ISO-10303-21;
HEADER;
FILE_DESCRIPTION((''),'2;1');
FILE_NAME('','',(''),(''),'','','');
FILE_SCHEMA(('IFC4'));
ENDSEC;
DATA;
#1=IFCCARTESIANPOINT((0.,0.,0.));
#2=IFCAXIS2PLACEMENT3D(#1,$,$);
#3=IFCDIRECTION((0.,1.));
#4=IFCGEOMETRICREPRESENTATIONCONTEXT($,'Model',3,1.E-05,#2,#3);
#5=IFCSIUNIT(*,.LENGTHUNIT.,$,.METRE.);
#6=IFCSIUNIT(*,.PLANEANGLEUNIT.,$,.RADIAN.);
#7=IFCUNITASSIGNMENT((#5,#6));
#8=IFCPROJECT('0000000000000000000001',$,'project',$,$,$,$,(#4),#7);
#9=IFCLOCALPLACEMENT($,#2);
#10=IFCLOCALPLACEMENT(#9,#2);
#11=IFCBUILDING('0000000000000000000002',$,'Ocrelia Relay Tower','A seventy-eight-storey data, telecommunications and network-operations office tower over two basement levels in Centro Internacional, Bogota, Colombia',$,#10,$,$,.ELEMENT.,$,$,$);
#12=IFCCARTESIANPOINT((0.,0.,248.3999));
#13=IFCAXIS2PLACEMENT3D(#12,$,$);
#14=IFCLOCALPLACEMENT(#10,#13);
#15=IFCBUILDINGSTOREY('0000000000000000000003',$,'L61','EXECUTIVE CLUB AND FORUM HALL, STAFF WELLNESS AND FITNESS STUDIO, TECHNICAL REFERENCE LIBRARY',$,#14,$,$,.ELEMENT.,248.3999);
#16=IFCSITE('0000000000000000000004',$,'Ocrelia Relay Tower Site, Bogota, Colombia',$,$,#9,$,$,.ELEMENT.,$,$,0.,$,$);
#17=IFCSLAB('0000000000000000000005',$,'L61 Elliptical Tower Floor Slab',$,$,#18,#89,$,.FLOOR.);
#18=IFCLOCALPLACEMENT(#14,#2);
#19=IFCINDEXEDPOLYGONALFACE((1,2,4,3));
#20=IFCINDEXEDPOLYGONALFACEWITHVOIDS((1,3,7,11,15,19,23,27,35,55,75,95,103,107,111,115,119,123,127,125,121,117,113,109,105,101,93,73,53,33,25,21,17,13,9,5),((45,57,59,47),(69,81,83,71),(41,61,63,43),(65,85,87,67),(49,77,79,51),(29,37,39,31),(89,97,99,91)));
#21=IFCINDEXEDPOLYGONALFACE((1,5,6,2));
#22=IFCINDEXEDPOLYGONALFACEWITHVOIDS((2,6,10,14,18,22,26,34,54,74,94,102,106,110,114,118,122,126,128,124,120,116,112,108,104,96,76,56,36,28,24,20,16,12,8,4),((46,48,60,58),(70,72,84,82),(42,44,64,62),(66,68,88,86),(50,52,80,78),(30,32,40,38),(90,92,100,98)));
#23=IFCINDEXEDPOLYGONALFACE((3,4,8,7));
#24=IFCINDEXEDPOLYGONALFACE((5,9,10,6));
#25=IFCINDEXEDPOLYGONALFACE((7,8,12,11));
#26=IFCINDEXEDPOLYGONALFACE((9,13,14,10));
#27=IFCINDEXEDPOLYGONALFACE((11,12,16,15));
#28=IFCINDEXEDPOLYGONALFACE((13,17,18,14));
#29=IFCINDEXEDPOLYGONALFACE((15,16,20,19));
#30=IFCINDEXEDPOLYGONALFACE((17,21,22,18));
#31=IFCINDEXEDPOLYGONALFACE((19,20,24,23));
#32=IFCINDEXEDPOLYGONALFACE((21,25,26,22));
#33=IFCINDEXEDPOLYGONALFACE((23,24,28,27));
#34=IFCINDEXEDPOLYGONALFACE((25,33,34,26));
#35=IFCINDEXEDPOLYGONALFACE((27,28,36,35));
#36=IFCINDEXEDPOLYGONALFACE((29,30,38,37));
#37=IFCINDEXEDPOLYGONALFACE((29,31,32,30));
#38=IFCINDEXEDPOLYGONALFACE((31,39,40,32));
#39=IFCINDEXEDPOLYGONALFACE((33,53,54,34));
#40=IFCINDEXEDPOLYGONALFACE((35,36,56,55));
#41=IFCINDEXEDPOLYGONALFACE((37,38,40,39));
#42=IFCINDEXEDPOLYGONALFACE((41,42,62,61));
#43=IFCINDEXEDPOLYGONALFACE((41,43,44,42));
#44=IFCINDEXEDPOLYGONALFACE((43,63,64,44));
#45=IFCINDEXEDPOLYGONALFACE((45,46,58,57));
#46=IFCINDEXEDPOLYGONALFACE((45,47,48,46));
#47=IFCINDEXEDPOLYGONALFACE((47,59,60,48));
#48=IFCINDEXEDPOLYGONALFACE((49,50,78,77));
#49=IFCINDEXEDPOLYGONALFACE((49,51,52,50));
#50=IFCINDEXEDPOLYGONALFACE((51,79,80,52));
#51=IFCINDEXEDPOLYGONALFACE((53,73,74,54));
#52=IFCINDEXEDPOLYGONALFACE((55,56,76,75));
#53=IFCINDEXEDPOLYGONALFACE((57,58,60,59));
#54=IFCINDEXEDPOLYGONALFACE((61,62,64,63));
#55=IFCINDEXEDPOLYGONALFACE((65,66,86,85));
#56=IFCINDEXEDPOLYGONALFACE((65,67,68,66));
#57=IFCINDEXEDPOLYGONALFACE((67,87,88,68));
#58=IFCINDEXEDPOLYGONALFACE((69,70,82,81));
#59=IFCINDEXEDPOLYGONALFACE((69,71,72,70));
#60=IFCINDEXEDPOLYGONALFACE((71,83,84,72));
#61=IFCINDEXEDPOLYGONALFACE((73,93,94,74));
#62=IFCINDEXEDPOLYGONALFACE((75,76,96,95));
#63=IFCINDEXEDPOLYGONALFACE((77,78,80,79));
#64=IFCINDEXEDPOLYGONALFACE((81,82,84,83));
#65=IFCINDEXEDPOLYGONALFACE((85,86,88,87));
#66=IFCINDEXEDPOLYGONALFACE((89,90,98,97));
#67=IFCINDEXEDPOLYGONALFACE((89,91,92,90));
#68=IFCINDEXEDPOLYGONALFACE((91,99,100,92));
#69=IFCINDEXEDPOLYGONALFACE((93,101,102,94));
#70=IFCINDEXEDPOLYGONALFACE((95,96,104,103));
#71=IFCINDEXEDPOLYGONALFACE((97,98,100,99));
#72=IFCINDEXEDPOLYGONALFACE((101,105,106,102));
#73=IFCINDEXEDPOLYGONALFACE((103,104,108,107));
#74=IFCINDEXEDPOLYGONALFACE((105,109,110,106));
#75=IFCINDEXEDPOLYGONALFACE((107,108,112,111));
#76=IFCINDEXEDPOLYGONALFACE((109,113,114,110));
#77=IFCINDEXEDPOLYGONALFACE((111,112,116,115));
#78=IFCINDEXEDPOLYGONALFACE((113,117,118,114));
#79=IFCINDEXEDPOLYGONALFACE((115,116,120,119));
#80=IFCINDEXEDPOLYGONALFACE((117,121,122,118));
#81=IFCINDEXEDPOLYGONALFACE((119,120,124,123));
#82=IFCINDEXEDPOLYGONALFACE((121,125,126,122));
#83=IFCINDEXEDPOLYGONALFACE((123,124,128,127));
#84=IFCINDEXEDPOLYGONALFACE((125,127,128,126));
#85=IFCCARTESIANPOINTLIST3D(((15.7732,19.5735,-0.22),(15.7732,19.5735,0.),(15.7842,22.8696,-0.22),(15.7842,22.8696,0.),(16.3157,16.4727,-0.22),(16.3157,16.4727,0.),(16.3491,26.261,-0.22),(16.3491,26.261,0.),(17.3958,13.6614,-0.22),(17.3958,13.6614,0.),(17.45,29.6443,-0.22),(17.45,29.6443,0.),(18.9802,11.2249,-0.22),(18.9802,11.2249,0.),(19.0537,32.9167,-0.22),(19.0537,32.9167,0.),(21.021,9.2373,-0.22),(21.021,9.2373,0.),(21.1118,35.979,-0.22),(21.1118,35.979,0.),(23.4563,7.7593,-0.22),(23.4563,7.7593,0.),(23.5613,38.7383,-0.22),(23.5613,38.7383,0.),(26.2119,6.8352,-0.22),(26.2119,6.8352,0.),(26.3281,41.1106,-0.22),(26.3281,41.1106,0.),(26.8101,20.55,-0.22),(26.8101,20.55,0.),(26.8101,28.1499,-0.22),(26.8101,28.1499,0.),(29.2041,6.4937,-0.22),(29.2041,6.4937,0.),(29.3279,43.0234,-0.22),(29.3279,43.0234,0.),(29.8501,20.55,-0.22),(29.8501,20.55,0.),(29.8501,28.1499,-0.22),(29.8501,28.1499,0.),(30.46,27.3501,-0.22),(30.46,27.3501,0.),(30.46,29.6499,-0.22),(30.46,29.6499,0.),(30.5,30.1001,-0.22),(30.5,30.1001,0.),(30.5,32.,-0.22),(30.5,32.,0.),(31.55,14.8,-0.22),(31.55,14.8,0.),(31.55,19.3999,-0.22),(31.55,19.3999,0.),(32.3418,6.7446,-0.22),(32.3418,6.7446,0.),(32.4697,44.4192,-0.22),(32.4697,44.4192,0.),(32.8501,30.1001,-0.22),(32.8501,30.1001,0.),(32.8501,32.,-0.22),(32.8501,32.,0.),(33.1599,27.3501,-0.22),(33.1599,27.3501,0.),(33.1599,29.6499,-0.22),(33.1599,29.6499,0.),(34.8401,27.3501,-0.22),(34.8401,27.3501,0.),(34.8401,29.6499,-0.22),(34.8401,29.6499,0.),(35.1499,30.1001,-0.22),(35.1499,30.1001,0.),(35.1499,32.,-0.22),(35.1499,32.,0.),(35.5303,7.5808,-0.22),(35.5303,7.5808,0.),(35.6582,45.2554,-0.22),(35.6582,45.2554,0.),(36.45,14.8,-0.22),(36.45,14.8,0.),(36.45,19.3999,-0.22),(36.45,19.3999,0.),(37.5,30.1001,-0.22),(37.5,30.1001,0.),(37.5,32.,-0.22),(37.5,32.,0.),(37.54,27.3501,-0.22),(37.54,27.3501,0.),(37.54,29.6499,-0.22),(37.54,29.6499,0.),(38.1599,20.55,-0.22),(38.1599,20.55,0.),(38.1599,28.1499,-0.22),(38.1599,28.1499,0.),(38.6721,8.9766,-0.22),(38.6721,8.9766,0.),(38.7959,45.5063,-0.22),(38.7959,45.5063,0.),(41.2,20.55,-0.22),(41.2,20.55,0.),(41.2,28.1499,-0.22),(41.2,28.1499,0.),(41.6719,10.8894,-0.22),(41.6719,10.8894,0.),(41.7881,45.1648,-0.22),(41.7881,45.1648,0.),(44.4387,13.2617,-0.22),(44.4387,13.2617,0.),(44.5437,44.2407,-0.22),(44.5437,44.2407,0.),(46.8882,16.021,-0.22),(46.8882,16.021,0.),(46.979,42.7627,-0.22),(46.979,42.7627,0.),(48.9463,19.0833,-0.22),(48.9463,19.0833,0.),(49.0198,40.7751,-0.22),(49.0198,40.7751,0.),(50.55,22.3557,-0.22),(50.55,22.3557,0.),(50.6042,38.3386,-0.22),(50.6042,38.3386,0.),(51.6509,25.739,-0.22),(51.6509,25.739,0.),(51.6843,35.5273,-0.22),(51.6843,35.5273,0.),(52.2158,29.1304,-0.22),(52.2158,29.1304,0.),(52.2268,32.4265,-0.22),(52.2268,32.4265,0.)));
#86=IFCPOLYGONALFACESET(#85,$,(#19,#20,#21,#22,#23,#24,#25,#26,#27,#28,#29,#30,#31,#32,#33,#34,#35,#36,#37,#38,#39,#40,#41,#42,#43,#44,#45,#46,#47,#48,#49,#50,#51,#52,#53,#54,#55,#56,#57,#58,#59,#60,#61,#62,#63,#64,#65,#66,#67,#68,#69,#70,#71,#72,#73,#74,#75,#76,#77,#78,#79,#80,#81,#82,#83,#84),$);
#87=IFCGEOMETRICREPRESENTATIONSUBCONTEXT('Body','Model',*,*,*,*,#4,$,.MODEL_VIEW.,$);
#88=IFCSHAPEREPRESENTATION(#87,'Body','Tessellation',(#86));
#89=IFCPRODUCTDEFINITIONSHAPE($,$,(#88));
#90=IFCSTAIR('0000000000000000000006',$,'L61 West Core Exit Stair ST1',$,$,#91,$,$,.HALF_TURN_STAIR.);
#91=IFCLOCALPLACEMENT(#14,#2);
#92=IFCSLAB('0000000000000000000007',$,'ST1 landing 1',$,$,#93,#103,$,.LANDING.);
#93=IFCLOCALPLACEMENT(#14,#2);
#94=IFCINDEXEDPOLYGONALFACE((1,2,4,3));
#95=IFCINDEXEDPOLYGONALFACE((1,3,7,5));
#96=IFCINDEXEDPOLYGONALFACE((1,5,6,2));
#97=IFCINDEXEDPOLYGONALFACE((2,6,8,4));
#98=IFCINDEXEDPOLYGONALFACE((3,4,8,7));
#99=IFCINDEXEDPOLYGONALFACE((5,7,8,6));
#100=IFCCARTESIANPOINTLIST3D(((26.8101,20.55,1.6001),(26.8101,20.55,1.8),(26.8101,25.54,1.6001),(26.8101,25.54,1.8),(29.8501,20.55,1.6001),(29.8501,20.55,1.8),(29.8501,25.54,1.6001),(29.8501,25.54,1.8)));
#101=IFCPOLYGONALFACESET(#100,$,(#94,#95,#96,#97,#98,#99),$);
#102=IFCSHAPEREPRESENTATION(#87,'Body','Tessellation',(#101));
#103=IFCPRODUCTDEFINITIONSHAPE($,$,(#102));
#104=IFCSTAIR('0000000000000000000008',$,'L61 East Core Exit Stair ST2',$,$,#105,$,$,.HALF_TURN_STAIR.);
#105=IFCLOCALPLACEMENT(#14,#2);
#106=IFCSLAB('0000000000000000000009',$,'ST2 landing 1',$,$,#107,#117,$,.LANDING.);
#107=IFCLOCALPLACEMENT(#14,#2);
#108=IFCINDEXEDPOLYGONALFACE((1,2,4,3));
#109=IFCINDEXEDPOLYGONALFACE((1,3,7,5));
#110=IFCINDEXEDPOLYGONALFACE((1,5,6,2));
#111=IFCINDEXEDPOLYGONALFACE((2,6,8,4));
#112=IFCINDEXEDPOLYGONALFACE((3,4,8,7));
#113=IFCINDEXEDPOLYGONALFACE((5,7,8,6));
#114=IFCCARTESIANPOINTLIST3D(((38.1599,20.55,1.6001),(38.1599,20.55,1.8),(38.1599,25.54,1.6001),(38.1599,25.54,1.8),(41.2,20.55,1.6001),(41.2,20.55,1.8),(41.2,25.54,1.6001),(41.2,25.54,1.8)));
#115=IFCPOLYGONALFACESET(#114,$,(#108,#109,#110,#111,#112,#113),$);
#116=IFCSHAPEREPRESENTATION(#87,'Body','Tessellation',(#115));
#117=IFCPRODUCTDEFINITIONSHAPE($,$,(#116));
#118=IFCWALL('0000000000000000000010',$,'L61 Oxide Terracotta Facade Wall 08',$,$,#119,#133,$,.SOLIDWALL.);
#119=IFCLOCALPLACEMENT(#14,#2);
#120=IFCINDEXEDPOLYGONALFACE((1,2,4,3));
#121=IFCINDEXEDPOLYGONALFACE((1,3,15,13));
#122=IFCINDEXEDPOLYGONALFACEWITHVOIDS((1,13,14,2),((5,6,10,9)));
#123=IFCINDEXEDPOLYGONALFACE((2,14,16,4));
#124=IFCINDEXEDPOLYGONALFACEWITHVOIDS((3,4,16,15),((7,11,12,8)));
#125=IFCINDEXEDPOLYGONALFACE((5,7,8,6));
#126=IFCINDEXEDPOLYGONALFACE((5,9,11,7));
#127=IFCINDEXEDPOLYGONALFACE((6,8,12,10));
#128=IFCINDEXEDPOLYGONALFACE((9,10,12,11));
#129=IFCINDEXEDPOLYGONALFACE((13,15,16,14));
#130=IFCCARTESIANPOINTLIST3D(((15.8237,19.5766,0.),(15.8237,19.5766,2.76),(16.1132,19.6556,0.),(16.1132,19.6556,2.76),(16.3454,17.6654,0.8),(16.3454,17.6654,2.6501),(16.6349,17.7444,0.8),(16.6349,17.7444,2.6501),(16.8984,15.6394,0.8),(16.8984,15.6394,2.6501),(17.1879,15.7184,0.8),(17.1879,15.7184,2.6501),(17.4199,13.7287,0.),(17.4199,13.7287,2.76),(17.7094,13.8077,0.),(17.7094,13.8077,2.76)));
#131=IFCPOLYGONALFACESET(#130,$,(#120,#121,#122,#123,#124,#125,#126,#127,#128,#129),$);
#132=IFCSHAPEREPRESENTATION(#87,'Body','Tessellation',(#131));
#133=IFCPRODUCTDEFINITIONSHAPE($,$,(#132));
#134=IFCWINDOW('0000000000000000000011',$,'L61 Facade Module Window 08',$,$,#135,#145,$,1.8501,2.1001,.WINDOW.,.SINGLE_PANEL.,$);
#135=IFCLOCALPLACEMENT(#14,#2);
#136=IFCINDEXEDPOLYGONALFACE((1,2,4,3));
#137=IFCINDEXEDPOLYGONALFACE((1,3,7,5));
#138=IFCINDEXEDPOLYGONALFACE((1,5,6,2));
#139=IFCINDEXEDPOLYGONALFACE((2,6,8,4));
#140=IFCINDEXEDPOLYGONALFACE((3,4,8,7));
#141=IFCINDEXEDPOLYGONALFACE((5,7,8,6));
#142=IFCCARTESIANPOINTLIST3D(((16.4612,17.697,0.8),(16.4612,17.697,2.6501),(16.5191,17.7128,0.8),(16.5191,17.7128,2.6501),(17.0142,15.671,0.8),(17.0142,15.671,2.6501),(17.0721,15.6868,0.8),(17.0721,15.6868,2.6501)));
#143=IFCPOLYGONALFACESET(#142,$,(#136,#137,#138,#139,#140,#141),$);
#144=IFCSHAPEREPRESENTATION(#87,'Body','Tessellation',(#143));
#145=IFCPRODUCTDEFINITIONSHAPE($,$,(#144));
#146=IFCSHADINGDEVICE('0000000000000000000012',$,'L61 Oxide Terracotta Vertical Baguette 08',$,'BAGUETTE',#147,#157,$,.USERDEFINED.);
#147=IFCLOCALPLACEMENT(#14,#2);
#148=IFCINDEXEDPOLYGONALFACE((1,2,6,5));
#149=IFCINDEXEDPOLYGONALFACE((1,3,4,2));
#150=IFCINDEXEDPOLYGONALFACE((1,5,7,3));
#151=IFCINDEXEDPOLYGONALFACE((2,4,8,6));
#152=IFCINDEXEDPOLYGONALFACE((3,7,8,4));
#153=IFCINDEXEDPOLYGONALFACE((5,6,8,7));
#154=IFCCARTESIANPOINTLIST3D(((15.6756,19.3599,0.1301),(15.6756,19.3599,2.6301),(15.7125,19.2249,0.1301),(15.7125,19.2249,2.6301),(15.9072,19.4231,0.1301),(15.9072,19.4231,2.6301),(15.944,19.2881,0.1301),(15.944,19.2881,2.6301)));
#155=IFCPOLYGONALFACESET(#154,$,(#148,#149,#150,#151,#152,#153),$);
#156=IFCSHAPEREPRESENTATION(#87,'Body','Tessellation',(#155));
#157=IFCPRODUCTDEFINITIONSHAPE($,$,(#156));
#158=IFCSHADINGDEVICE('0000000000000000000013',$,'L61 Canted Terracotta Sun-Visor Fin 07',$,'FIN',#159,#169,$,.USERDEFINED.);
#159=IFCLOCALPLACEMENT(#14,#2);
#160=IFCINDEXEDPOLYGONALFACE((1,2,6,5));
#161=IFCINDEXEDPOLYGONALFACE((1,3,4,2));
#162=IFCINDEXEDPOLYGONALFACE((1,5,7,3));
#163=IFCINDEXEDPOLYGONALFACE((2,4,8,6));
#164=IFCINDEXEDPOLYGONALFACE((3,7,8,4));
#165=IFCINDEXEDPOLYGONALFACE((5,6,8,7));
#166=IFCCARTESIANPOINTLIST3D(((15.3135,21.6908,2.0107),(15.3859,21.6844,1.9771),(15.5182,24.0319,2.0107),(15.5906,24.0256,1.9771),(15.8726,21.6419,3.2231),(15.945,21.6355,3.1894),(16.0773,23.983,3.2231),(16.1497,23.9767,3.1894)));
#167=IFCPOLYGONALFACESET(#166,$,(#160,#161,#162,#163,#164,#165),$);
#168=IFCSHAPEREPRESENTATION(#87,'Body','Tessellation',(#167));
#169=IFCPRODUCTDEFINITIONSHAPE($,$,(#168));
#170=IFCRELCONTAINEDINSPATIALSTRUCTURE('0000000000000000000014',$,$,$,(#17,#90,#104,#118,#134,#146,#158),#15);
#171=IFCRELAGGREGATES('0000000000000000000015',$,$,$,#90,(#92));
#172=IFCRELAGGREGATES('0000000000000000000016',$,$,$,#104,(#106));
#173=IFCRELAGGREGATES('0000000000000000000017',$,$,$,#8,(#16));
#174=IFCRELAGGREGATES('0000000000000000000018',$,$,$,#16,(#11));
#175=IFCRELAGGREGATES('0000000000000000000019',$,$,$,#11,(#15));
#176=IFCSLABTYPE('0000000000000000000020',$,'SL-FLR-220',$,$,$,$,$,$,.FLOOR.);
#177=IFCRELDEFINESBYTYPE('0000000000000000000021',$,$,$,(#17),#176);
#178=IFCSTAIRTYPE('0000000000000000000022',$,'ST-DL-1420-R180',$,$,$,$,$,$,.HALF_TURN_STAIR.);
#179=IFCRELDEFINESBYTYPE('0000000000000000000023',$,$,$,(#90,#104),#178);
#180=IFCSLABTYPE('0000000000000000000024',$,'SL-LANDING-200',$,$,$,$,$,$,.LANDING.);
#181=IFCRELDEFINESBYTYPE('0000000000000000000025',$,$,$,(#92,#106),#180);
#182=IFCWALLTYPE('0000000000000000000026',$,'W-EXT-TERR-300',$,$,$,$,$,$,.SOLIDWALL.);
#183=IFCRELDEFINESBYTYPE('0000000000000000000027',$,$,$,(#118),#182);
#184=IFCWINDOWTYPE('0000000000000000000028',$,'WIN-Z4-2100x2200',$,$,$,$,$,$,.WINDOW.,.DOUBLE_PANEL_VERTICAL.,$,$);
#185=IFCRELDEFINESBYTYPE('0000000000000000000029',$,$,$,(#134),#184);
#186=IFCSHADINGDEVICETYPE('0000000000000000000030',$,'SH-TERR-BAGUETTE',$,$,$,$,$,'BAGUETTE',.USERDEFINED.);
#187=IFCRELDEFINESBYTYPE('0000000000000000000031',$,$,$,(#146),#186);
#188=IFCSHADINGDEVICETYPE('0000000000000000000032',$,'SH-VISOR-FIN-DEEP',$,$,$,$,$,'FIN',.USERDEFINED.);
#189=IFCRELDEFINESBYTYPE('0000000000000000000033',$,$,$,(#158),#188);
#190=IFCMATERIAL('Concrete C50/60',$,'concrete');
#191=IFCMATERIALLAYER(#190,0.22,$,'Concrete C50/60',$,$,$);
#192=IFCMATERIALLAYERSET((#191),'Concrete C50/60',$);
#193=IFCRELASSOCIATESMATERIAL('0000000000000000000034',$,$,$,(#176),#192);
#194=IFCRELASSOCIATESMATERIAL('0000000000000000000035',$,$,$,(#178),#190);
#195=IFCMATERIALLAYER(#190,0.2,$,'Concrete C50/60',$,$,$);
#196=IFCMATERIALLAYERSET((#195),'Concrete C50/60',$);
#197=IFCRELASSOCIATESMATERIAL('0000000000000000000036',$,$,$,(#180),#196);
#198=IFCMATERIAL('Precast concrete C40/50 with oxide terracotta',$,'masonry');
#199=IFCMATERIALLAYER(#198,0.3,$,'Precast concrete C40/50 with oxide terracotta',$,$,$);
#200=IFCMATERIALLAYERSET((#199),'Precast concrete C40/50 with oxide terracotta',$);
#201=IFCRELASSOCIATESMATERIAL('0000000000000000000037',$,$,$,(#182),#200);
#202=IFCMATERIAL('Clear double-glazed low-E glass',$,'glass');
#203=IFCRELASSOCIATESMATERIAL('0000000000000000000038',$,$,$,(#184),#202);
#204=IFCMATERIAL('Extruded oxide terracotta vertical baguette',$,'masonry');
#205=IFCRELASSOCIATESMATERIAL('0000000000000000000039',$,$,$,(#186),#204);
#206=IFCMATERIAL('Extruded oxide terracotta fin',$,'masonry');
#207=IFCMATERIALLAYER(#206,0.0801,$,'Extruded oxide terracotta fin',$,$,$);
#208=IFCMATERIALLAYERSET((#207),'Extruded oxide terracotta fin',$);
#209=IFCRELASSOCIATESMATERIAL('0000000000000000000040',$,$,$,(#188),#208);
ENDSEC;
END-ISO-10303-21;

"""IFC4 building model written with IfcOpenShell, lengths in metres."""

from ifc_helpers import new_model, si_unit, direction, frame, frame_2d, origin, origin_2d, place, context, subcontext, project, spatial, polyline, rectangle, outline, extrude, material, layer, layer_set, type_object, element, fill, aggregate, save


model = new_model("IFC4")

# Units and contexts
model_context = context("Model", 3, precision=1e-05, world=origin(), true_north=direction((0.0, 1.0)))
body_context = subcontext(model_context, "Body", "Model", "MODEL_VIEW")
ifc_project = project(units=[si_unit("LENGTHUNIT", "METRE"), si_unit("PLANEANGLEUNIT", "RADIAN")], contexts=[model_context])

# Site, building, storey
site_placement = place(None, origin())
site = spatial("IfcSite", under=ifc_project, at=site_placement, Name="Ocrelia Relay Tower Site, Bogota, Colombia", CompositionType="ELEMENT", RefElevation=0.0)
building_placement = place(site_placement, origin())
building = spatial("IfcBuilding", under=site, at=building_placement, Name="Ocrelia Relay Tower", Description="A seventy-eight-storey data, telecommunications and network-operations office tower over two basement levels in Centro Internacional, Bogota, Colombia", CompositionType="ELEMENT")
storey_placement = place(building_placement, frame((0.0, 0.0, 248.3999)))
storey = spatial("IfcBuildingStorey", under=building, at=storey_placement, Name="L61", Description="EXECUTIVE CLUB AND FORUM HALL, STAFF WELLNESS AND FITNESS STUDIO, TECHNICAL REFERENCE LIBRARY", CompositionType="ELEMENT", Elevation=248.3999)

# Shared definitions
ifc_material_1 = material(Name="Concrete C50/60", Category="concrete")

# Shared definitions
ifc_material_2 = material(Name="Clear double-glazed low-E glass", Category="glass")

# Slab
ifc_layer_1 = layer(ifc_material_1, 0.22, Name="Concrete C50/60")
ifc_layer_set_1 = layer_set([ifc_layer_1], Name="Concrete C50/60")
slab_type_1 = type_object("IfcSlabType", Name="SL-FLR-220", PredefinedType="FLOOR", material=ifc_layer_set_1)
slab_1_placement = place(storey_placement, frame((0.0, 0.0, -0.22)))
element("IfcSlab", 1, at=slab_1_placement, inside=storey, type_object=slab_type_1, Name="L61 Elliptical Tower Floor Slab", PredefinedType="FLOOR", context=body_context, shape_type="SweptSolid", body=[
    extrude(outline(polyline([(46.979, 42.7627), (44.5437, 44.2407), (41.7881, 45.1648), (38.7959, 45.5063), (35.6582, 45.2554), (32.4697, 44.4192), (29.3279, 43.0234), (26.3281, 41.1106), (23.5613, 38.7383), (21.1118, 35.979), (19.0537, 32.9167), (17.45, 29.6443), (16.3491, 26.261), (15.7842, 22.8696), (15.7732, 19.5735), (16.3157, 16.4727), (17.3958, 13.6614), (18.9802, 11.2249), (21.021, 9.2373), (23.4563, 7.7593), (26.2119, 6.8352), (29.2041, 6.4937), (32.3418, 6.7446), (35.5303, 7.5808), (38.6721, 8.9766), (41.6719, 10.8894), (44.4387, 13.2617), (46.8882, 16.021), (48.9463, 19.0833), (50.55, 22.3557), (51.6509, 25.739), (52.2158, 29.1304), (52.2268, 32.4265), (51.6843, 35.5273), (50.6042, 38.3386), (49.0198, 40.7751), (46.979, 42.7627)]), holes=[polyline([(26.8101, 28.1499), (26.8101, 20.55), (29.8501, 20.55), (29.8501, 28.1499), (26.8101, 28.1499)]), polyline([(38.1599, 28.1499), (38.1599, 20.55), (41.2, 20.55), (41.2, 28.1499), (38.1599, 28.1499)]), polyline([(30.46, 27.3501), (33.1599, 27.3501), (33.1599, 29.6499), (30.46, 29.6499), (30.46, 27.3501)]), polyline([(34.8401, 27.3501), (37.54, 27.3501), (37.54, 29.6499), (34.8401, 29.6499), (34.8401, 27.3501)]), polyline([(30.5, 30.1001), (32.8501, 30.1001), (32.8501, 32.0), (30.5, 32.0), (30.5, 30.1001)]), polyline([(35.1499, 30.1001), (37.5, 30.1001), (37.5, 32.0), (35.1499, 32.0), (35.1499, 30.1001)]), polyline([(31.55, 14.8), (36.45, 14.8), (36.45, 19.3999), (31.55, 19.3999), (31.55, 14.8)])]), origin(), (0.0, 0.0, 1.0), 0.22),
])

# Stairs, slabs
stair_type = type_object("IfcStairType", Name="ST-DL-1420-R180", PredefinedType="HALF_TURN_STAIR", material=ifc_material_1)
stair_1_placement = place(storey_placement, origin())
stair_1 = element("IfcStair", 2, at=stair_1_placement, inside=storey, type_object=stair_type, Name="L61 West Core Exit Stair ST1", PredefinedType="HALF_TURN_STAIR")
ifc_layer_2 = layer(ifc_material_1, 0.2, Name="Concrete C50/60")
ifc_layer_set_2 = layer_set([ifc_layer_2], Name="Concrete C50/60")
slab_type_2 = type_object("IfcSlabType", Name="SL-LANDING-200", PredefinedType="LANDING", material=ifc_layer_set_2)
slab_2_placement = place(storey_placement, frame((0.0, 0.0, 1.6001)))
slab_2 = element("IfcSlab", 3, at=slab_2_placement, type_object=slab_type_2, Name="ST1 landing 1", PredefinedType="LANDING", context=body_context, shape_type="SweptSolid", body=[
    extrude(outline(polyline([(26.8101, 25.54), (26.8101, 20.55), (29.8501, 20.55), (29.8501, 25.54), (26.8101, 25.54)])), origin(), (0.0, 0.0, 1.0), 0.2),
])
aggregate(stair_1, [slab_2])
stair_2_placement = place(storey_placement, origin())
stair_2 = element("IfcStair", 4, at=stair_2_placement, inside=storey, type_object=stair_type, Name="L61 East Core Exit Stair ST2", PredefinedType="HALF_TURN_STAIR")
slab_3_placement = place(storey_placement, frame((0.0, 0.0, 1.6001)))
slab_3 = element("IfcSlab", 5, at=slab_3_placement, type_object=slab_type_2, Name="ST2 landing 1", PredefinedType="LANDING", context=body_context, shape_type="SweptSolid", body=[
    extrude(outline(polyline([(38.1599, 25.54), (38.1599, 20.55), (41.2, 20.55), (41.2, 25.54), (38.1599, 25.54)])), origin(), (0.0, 0.0, 1.0), 0.2),
])
aggregate(stair_2, [slab_3])

# Wall, opening, window
ifc_material_3 = material(Name="Precast concrete C40/50 with oxide terracotta", Category="masonry")
ifc_layer_3 = layer(ifc_material_3, 0.3, Name="Precast concrete C40/50 with oxide terracotta")
ifc_layer_set_3 = layer_set([ifc_layer_3], Name="Precast concrete C40/50 with oxide terracotta")
wall_type = type_object("IfcWallType", Name="W-EXT-TERR-300", PredefinedType="SOLIDWALL", material=ifc_layer_set_3)
wall_placement = place(storey_placement, frame((15.9685, 19.616, 0.0), z_axis=(0.0, 0.0, 1.0), x_axis=(0.263318, -0.964709, 0.0)))
wall = element("IfcWall", 6, at=wall_placement, inside=storey, type_object=wall_type, Name="L61 Oxide Terracotta Facade Wall 08", PredefinedType="SOLIDWALL", context=body_context, shape_type="SweptSolid", body=[
    extrude(rectangle(XDim=6.0618, YDim=0.3, at=frame_2d((3.0308, 0.0))), origin(), (0.0, 0.0, 1.0), 2.76),
])
opening_placement = place(wall_placement, frame((1.981, 0.0, 0.8)))
opening = element("IfcOpeningElement", 7, at=opening_placement, cuts=wall, PredefinedType="OPENING", context=body_context, shape_type="SweptSolid", body=[
    extrude(rectangle(XDim=2.1001, YDim=1.8501, at=frame_2d((1.05, 0.925))), frame((0.0, 0.1602, 0.0), z_axis=(0.0, -1.0, 0.0), x_axis=(1.0, 0.0, 0.0)), (0.0, 0.0, 1.0), 0.3201),
])
window_type = type_object("IfcWindowType", Name="WIN-Z4-2100x2200", PartitioningType="DOUBLE_PANEL_VERTICAL", PredefinedType="WINDOW", material=ifc_material_2)
window_placement = place(opening_placement, origin())
window = element("IfcWindow", 8, at=window_placement, inside=storey, type_object=window_type, Name="L61 Facade Module Window 08", OverallHeight=1.8501, OverallWidth=2.1001, PartitioningType="SINGLE_PANEL", PredefinedType="WINDOW", context=body_context, shape_type="SweptSolid", body=[
    extrude(rectangle(XDim=2.1001, YDim=1.8501, at=frame_2d((1.05, 0.925))), frame((0.0, 0.03, 0.0), z_axis=(0.0, -1.0, 0.0), x_axis=(1.0, 0.0, 0.0)), (0.0, 0.0, 1.0), 0.0601),
])
fill(opening, window)

# Shading devices
ifc_material_4 = material(Name="Extruded oxide terracotta vertical baguette", Category="masonry")
shading_device_type_1 = type_object("IfcShadingDeviceType", Name="SH-TERR-BAGUETTE", ElementType="BAGUETTE", PredefinedType="USERDEFINED", material=ifc_material_4)
shading_device_1_placement = place(storey_placement, frame((15.8098, 19.324, 0.1301), z_axis=(0.0, 0.0, 1.0), x_axis=(0.263335, -0.964704, 0.0)))
element("IfcShadingDevice", 9, at=shading_device_1_placement, inside=storey, type_object=shading_device_type_1, Name="L61 Oxide Terracotta Vertical Baguette 08", ObjectType="BAGUETTE", PredefinedType="USERDEFINED", context=body_context, shape_type="SweptSolid", body=[
    extrude(rectangle(XDim=0.1399, YDim=0.24, at=origin_2d()), origin(), (0.0, 0.0, 1.0), 2.5),
])
ifc_material_5 = material(Name="Extruded oxide terracotta fin", Category="masonry")
ifc_layer_4 = layer(ifc_material_5, 0.0801, Name="Extruded oxide terracotta fin")
ifc_layer_set_4 = layer_set([ifc_layer_4], Name="Extruded oxide terracotta fin")
shading_device_type_2 = type_object("IfcShadingDeviceType", Name="SH-VISOR-FIN-DEEP", ElementType="FIN", PredefinedType="USERDEFINED", material=ifc_layer_set_4)
shading_device_2_placement = place(storey_placement, frame((15.7678, 22.8306, 2.5833), z_axis=(-0.904036, 0.079039, 0.420086), x_axis=(-0.087097, -0.9962, 0.0)))
element("IfcShadingDevice", 10, at=shading_device_2_placement, inside=storey, type_object=shading_device_type_2, Name="L61 Canted Terracotta Sun-Visor Fin 07", ObjectType="FIN", PredefinedType="USERDEFINED", context=body_context, shape_type="SweptSolid", body=[
    extrude(rectangle(XDim=2.3501, YDim=1.3359, at=origin_2d()), origin(), (0.0, 0.0, 1.0), 0.0801),
])

save(model, "model.ifc")
